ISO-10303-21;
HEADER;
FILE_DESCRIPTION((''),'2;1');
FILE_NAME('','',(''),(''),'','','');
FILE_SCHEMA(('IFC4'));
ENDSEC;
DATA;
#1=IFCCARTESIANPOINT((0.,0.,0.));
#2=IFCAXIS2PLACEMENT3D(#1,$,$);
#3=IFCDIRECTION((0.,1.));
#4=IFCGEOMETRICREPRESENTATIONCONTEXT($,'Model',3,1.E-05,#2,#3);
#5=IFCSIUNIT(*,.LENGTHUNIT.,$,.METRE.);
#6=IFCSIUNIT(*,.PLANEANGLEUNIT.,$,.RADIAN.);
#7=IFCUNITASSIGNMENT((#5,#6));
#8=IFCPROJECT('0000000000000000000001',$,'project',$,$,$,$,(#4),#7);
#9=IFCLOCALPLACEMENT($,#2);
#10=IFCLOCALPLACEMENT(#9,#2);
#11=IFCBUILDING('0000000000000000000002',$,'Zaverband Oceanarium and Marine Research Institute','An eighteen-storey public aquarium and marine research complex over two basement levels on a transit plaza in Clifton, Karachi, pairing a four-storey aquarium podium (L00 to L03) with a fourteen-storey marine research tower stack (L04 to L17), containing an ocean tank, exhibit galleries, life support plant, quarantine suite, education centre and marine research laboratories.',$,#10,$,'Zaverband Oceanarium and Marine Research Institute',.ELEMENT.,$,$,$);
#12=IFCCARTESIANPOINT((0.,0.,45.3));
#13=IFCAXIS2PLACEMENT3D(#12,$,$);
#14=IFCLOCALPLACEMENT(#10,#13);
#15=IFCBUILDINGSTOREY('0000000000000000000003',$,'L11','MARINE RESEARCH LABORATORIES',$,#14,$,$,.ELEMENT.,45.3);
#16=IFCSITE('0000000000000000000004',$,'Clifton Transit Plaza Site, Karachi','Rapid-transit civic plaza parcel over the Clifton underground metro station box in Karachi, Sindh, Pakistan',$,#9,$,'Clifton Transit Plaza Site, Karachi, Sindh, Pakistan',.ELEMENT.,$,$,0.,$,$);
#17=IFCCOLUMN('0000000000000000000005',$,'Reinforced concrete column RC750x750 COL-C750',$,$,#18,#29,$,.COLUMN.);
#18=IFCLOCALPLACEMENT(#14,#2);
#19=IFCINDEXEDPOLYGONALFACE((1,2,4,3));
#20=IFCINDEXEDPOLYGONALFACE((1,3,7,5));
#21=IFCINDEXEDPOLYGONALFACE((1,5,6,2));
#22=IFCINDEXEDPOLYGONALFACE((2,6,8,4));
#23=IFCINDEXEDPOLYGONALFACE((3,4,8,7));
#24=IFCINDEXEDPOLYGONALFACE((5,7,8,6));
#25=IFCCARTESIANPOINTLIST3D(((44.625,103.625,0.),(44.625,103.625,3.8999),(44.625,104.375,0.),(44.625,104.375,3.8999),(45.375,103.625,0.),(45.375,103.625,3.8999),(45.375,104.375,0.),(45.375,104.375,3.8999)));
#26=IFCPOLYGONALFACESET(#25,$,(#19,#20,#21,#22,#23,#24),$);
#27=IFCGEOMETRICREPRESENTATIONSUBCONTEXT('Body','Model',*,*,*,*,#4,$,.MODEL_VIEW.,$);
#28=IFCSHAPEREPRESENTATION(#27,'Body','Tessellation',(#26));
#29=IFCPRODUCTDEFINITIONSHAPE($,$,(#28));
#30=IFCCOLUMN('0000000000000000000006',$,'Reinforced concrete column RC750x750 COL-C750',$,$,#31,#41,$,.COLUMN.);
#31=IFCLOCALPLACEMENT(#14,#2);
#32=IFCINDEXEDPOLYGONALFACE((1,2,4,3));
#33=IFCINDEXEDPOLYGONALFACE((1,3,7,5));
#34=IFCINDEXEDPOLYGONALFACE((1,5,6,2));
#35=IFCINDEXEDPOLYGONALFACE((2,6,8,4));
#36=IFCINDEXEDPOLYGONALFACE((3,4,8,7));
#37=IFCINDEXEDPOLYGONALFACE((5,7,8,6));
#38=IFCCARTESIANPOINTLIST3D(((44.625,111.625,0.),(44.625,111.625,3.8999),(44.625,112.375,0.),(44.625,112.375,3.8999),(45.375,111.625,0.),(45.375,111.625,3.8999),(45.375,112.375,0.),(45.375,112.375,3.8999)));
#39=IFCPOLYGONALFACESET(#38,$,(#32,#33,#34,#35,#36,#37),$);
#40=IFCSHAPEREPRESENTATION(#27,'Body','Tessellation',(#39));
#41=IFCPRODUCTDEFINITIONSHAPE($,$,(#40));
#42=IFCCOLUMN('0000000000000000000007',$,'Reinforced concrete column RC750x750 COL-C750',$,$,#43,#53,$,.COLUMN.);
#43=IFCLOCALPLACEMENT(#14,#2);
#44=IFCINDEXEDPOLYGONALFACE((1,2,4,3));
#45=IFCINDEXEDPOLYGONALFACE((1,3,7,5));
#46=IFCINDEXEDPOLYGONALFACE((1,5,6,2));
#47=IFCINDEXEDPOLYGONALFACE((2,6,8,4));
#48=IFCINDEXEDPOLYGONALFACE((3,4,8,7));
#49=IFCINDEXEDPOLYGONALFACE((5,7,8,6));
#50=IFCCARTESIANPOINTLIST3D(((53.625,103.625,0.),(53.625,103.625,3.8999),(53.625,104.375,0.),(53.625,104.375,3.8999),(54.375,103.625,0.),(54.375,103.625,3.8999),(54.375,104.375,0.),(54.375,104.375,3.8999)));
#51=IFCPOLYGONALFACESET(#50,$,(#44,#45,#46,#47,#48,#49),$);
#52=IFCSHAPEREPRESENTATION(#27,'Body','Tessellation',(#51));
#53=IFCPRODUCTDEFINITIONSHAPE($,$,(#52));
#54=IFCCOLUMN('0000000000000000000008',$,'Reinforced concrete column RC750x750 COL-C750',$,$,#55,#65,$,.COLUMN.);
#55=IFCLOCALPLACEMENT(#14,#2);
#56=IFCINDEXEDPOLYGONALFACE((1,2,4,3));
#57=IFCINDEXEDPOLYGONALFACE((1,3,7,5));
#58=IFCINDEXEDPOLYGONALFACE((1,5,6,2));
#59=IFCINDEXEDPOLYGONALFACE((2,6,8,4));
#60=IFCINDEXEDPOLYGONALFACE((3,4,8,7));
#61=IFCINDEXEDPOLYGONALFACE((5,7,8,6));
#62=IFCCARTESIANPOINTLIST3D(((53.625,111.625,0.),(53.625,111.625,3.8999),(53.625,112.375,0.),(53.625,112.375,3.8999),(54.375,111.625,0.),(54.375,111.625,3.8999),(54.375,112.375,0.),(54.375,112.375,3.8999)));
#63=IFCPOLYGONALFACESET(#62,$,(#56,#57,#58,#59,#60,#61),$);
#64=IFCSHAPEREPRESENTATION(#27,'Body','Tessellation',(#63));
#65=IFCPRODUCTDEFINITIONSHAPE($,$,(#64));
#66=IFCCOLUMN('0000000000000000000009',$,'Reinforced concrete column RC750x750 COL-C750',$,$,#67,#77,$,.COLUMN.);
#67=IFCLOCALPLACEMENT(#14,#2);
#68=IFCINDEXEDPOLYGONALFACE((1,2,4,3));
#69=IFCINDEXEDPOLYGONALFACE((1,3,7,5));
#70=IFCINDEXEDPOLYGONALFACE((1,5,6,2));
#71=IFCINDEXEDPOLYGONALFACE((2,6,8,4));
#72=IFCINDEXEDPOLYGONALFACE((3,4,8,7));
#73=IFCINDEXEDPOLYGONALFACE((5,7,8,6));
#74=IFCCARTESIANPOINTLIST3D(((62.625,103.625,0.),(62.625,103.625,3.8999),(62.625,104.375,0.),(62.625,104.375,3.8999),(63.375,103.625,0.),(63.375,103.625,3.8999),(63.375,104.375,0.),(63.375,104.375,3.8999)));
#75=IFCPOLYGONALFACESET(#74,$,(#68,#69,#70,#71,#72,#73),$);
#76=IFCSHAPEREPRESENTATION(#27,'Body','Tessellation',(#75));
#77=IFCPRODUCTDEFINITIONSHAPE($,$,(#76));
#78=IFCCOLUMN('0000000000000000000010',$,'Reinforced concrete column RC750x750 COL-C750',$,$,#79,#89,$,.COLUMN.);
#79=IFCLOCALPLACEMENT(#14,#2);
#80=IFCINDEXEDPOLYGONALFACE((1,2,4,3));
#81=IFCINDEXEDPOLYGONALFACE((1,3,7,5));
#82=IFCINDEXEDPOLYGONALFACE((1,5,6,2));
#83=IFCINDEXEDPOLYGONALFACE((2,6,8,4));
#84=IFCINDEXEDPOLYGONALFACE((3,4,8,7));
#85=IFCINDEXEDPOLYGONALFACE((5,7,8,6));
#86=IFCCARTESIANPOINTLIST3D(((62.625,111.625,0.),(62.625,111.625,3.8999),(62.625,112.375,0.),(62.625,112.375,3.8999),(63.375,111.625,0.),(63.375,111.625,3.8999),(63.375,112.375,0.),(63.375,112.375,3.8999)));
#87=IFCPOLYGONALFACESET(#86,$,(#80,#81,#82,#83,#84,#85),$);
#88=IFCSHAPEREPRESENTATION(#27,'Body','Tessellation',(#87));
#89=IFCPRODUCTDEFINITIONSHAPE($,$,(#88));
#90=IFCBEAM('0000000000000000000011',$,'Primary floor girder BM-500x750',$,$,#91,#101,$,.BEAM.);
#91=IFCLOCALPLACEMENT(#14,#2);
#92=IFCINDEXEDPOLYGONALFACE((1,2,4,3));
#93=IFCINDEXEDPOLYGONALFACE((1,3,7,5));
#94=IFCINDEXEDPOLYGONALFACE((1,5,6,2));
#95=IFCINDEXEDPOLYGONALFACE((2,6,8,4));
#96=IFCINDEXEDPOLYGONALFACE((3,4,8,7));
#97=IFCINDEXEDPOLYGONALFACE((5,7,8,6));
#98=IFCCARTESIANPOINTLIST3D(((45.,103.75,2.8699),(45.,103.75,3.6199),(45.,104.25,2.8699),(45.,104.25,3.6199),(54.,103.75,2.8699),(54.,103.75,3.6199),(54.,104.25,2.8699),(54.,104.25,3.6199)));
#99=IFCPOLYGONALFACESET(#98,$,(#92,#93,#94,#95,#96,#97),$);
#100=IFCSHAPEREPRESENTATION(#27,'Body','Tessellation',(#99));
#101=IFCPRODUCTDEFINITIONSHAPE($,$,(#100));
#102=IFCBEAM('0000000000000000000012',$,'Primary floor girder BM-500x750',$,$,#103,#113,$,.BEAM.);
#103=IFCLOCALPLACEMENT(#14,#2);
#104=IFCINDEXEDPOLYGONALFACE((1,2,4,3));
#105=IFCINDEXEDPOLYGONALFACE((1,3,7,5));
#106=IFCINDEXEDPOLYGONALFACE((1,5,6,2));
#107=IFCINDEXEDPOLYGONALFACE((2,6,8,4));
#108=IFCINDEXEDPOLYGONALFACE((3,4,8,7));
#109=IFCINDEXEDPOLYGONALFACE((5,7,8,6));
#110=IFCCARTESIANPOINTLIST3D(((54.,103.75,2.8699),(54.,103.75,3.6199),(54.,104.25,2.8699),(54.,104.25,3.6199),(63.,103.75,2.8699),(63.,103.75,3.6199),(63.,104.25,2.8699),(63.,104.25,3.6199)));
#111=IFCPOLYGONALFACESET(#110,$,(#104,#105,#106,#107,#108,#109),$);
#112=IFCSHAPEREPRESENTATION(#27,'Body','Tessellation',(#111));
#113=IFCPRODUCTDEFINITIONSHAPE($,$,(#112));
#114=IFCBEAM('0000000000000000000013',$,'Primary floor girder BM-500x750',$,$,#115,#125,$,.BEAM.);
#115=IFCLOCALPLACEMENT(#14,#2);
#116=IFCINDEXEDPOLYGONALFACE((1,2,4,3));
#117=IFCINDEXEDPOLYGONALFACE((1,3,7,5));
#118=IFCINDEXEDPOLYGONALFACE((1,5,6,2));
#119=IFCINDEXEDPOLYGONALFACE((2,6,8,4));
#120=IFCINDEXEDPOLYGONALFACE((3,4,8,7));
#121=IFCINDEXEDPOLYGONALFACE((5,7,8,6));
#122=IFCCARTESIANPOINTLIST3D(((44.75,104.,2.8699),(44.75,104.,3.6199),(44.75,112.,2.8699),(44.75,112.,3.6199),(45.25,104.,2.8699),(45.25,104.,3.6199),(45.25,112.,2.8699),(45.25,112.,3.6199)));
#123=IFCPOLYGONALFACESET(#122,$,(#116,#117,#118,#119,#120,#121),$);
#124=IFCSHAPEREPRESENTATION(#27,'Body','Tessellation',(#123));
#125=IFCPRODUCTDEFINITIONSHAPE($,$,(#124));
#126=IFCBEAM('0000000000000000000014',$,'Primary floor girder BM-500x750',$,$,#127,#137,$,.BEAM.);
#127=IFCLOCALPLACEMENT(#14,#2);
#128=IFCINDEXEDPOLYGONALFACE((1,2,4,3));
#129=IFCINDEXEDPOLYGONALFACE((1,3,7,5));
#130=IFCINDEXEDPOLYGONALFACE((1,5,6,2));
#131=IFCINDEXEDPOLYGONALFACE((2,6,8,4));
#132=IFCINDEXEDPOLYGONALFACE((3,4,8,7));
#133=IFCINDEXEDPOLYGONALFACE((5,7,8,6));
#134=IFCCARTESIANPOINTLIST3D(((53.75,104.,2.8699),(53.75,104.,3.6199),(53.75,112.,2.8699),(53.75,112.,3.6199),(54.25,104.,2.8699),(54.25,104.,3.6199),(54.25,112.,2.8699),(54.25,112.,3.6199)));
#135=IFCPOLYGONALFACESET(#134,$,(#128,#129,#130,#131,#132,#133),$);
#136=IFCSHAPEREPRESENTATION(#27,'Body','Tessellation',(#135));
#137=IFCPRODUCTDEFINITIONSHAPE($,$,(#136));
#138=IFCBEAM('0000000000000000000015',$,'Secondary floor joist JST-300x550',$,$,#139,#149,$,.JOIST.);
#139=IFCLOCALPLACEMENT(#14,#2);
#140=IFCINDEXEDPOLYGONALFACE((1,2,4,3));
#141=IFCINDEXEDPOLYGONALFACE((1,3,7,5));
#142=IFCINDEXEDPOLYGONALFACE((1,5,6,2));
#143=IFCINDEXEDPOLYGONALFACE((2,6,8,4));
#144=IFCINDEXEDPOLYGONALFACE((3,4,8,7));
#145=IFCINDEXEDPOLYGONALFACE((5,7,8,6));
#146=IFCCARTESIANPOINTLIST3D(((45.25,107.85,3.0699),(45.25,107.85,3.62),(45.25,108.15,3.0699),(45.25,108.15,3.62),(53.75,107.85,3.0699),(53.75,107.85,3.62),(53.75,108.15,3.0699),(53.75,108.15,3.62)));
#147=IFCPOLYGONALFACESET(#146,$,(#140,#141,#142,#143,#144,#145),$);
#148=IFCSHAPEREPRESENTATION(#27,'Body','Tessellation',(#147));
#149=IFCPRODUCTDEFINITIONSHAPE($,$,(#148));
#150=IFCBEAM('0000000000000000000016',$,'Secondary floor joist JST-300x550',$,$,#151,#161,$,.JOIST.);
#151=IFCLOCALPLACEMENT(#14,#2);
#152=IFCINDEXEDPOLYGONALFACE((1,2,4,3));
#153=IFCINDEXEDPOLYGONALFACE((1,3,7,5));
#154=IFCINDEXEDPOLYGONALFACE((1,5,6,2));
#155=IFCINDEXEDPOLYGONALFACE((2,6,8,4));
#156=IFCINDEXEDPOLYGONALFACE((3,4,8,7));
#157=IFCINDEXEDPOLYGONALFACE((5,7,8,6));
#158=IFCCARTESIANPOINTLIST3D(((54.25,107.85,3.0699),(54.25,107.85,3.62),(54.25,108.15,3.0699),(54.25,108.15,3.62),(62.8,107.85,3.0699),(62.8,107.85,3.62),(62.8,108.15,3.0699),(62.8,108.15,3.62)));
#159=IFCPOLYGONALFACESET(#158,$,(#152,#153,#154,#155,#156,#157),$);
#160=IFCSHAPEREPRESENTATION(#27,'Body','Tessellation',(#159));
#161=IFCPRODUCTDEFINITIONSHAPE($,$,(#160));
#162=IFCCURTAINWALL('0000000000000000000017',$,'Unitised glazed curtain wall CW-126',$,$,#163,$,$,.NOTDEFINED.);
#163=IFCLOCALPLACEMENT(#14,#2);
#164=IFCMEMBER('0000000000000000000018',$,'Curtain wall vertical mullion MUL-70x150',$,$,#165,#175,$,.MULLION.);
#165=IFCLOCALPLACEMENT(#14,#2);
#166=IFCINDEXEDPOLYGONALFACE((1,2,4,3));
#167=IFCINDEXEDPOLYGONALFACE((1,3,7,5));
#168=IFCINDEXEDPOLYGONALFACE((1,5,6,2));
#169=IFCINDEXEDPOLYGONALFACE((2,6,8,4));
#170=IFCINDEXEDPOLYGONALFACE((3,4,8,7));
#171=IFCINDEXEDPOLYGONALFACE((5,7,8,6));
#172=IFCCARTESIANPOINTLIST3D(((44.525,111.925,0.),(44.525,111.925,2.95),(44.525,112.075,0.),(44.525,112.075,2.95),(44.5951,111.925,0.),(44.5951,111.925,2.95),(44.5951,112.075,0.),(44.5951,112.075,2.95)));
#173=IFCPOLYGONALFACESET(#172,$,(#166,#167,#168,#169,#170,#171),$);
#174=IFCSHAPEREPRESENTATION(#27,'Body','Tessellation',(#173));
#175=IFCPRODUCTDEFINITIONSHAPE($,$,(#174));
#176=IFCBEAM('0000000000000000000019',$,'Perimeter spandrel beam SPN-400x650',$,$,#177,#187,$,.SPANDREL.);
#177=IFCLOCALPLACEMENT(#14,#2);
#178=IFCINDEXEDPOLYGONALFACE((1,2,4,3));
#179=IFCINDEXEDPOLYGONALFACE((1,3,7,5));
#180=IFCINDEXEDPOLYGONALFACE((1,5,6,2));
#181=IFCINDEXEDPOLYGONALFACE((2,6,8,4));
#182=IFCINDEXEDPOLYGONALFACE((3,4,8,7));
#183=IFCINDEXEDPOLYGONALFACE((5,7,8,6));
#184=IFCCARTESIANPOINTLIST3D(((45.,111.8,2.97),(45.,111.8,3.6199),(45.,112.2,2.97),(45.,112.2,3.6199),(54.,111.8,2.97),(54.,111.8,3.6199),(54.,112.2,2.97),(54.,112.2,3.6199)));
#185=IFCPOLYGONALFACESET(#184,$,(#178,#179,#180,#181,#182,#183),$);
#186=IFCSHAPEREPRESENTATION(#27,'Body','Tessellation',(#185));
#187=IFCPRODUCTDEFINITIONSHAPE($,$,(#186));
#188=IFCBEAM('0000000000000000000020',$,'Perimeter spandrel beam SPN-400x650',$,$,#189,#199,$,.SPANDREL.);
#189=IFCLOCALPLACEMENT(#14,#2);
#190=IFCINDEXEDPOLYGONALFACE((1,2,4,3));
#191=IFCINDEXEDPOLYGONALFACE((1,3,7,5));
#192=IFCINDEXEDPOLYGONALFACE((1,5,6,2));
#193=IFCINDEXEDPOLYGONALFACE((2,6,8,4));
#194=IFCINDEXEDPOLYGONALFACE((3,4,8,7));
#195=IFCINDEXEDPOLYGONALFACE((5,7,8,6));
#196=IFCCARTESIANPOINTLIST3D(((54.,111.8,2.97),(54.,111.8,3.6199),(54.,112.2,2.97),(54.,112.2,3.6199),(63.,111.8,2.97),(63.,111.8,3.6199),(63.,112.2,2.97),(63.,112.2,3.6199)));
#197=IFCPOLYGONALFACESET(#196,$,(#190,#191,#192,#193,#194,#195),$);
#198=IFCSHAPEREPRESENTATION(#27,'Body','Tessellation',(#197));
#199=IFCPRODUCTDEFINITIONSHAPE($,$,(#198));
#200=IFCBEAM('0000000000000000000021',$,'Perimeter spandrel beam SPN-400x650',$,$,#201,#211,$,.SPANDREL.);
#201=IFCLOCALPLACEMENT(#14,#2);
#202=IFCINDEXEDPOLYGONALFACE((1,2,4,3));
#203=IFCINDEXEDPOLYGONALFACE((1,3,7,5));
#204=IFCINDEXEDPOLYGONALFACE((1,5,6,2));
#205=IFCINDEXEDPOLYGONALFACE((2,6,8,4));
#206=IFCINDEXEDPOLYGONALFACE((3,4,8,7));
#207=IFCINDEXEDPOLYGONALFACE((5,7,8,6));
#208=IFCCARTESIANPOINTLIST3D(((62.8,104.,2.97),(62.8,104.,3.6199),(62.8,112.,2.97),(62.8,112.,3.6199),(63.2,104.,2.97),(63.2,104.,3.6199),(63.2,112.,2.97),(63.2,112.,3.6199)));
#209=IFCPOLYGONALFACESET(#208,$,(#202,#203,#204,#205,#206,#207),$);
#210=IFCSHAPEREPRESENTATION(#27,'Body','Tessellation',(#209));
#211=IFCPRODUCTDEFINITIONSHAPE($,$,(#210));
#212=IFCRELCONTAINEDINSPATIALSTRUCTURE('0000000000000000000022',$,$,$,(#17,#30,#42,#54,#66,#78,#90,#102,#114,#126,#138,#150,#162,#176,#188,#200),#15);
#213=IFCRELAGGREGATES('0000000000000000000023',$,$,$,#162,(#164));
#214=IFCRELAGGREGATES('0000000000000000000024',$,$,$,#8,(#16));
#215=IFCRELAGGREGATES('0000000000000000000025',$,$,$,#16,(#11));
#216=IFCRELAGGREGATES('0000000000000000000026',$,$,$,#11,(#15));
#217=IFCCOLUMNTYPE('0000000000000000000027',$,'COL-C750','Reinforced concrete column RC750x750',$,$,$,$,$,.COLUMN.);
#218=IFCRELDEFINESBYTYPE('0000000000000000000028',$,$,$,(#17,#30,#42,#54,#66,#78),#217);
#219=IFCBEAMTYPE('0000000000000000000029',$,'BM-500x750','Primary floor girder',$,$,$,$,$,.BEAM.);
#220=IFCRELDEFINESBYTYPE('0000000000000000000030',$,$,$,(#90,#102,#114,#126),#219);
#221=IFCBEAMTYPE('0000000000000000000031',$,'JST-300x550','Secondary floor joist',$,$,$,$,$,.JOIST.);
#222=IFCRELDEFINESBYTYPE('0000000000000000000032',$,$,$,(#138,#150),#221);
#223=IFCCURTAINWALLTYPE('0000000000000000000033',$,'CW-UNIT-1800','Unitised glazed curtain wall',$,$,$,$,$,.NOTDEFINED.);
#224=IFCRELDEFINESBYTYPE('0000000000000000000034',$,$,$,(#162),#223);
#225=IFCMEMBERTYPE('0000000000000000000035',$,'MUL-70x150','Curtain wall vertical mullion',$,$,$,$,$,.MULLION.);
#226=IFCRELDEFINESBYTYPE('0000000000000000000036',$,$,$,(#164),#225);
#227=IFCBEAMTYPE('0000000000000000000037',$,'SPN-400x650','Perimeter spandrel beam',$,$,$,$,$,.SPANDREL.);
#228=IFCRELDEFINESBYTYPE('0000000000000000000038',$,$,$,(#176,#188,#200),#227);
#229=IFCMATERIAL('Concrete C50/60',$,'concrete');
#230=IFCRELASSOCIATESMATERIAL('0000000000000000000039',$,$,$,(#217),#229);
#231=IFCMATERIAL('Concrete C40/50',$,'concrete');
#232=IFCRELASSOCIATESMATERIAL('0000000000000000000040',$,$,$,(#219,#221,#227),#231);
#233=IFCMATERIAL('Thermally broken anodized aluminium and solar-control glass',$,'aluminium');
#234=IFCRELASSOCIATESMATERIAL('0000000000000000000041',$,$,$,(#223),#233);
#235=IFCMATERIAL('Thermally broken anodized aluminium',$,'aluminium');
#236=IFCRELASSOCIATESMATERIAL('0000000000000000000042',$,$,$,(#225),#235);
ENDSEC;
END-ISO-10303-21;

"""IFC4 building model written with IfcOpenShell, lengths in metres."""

from ifc_helpers import new_model, si_unit, direction, frame, origin, origin_2d, place, context, subcontext, project, spatial, rectangle, extrude, material, material_profile, profile_set, type_object, element, aggregate, save


model = new_model("IFC4")

# Units and contexts
model_context = context("Model", 3, precision=1e-05, world=origin(), true_north=direction((0.0, 1.0)))
body_context = subcontext(model_context, "Body", "Model", "MODEL_VIEW")
ifc_project = project(units=[si_unit("LENGTHUNIT", "METRE"), si_unit("PLANEANGLEUNIT", "RADIAN")], contexts=[model_context])

# Site, building, storey
site_placement = place(None, origin())
site = spatial("IfcSite", under=ifc_project, at=site_placement, Name="Clifton Transit Plaza Site, Karachi", Description="Rapid-transit civic plaza parcel over the Clifton underground metro station box in Karachi, Sindh, Pakistan", LongName="Clifton Transit Plaza Site, Karachi, Sindh, Pakistan", CompositionType="ELEMENT", RefElevation=0.0)
building_placement = place(site_placement, origin())
building = spatial("IfcBuilding", under=site, at=building_placement, Name="Zaverband Oceanarium and Marine Research Institute", Description="An eighteen-storey public aquarium and marine research complex over two basement levels on a transit plaza in Clifton, Karachi, pairing a four-storey aquarium podium (L00 to L03) with a fourteen-storey marine research tower stack (L04 to L17), containing an ocean tank, exhibit galleries, life support plant, quarantine suite, education centre and marine research laboratories.", LongName="Zaverband Oceanarium and Marine Research Institute", CompositionType="ELEMENT")
storey_placement = place(building_placement, frame((0.0, 0.0, 45.3)))
storey = spatial("IfcBuildingStorey", under=building, at=storey_placement, Name="L11", Description="MARINE RESEARCH LABORATORIES", CompositionType="ELEMENT", Elevation=45.3)

# Columns
ifc_material_1 = material(Name="Concrete C50/60", Category="concrete")
ifc_material_profile_1 = material_profile(ifc_material_1, rectangle(XDim=0.75, YDim=0.75, at=origin_2d()), Name="RC750x750")
ifc_profile_set_1 = profile_set([ifc_material_profile_1], Name="Concrete C50/60")
column_type = type_object("IfcColumnType", Name="COL-C750", Description="Reinforced concrete column RC750x750", PredefinedType="COLUMN", material=ifc_profile_set_1)
for number, where, z_axis, x_axis, name in (
    (1, (45.0, 104.0, 0.0), (0.0, 0.0, 1.0), (1.0, 0.0, 0.0), "Reinforced concrete column RC750x750 COL-C750"),
    (2, (45.0, 112.0, 0.0), (0.0, 0.0, 1.0), (1.0, 0.0, 0.0), "Reinforced concrete column RC750x750 COL-C750"),
    (3, (54.0, 104.0, 0.0), (0.0, 0.0, 1.0), (1.0, 0.0, 0.0), "Reinforced concrete column RC750x750 COL-C750"),
    (4, (54.0, 112.0, 0.0), (0.0, 0.0, 1.0), (1.0, 0.0, 0.0), "Reinforced concrete column RC750x750 COL-C750"),
    (5, (63.0, 104.0, 0.0), (0.0, 0.0, 1.0), (1.0, 0.0, 0.0), "Reinforced concrete column RC750x750 COL-C750"),
    (6, (63.0, 112.0, 0.0), (0.0, 0.0, 1.0), (1.0, 0.0, 0.0), "Reinforced concrete column RC750x750 COL-C750"),
):
    element("IfcColumn", number, at=place(storey_placement, frame(where, z_axis=z_axis, x_axis=x_axis)), inside=storey, type_object=column_type, Name=name, PredefinedType="COLUMN", context=body_context, shape_type="SweptSolid", body=[
        extrude(rectangle(XDim=0.75, YDim=0.75, at=origin_2d()), origin(), (0.0, 0.0, 1.0), 3.8999),
    ])

# Beams
ifc_material_2 = material(Name="Concrete C40/50", Category="concrete")
ifc_material_profile_2 = material_profile(ifc_material_2, rectangle(XDim=0.5, YDim=0.75, at=origin_2d()), Name="RC500x750")
ifc_profile_set_2 = profile_set([ifc_material_profile_2], Name="Concrete C40/50")
beam_type_1 = type_object("IfcBeamType", Name="BM-500x750", Description="Primary floor girder", PredefinedType="BEAM", material=ifc_profile_set_2)
for number, where, z_axis, x_axis, name in (
    (7, (45.0, 104.0, 3.2449), (1.0, 0.0, 0.0), (0.0, 1.0, 0.0), "Primary floor girder BM-500x750"),
    (8, (54.0, 104.0, 3.2449), (1.0, 0.0, 0.0), (0.0, 1.0, 0.0), "Primary floor girder BM-500x750"),
):
    element("IfcBeam", number, at=place(storey_placement, frame(where, z_axis=z_axis, x_axis=x_axis)), inside=storey, type_object=beam_type_1, Name=name, PredefinedType="BEAM", context=body_context, shape_type="SweptSolid", body=[
        extrude(rectangle(XDim=0.5, YDim=0.75, at=origin_2d()), origin(), (0.0, 0.0, 1.0), 9.0),
    ])
for number, where, z_axis, x_axis, name in (
    (9, (45.0, 104.0, 3.2449), (0.0, 1.0, 0.0), (-1.0, 0.0, 0.0), "Primary floor girder BM-500x750"),
    (10, (54.0, 104.0, 3.2449), (0.0, 1.0, 0.0), (-1.0, 0.0, 0.0), "Primary floor girder BM-500x750"),
):
    element("IfcBeam", number, at=place(storey_placement, frame(where, z_axis=z_axis, x_axis=x_axis)), inside=storey, type_object=beam_type_1, Name=name, PredefinedType="BEAM", context=body_context, shape_type="SweptSolid", body=[
        extrude(rectangle(XDim=0.5, YDim=0.75, at=origin_2d()), origin(), (0.0, 0.0, 1.0), 8.0),
    ])
ifc_material_profile_3 = material_profile(ifc_material_2, rectangle(XDim=0.3, YDim=0.55, at=origin_2d()), Name="RC300x550")
ifc_profile_set_3 = profile_set([ifc_material_profile_3], Name="Concrete C40/50")
beam_type_2 = type_object("IfcBeamType", Name="JST-300x550", Description="Secondary floor joist", PredefinedType="JOIST", material=ifc_profile_set_3)
beam_1_placement = place(storey_placement, frame((45.25, 108.0, 3.345), z_axis=(1.0, 0.0, 0.0), x_axis=(0.0, 1.0, 0.0)))
element("IfcBeam", 11, at=beam_1_placement, inside=storey, type_object=beam_type_2, Name="Secondary floor joist JST-300x550", PredefinedType="JOIST", context=body_context, shape_type="SweptSolid", body=[
    extrude(rectangle(XDim=0.3, YDim=0.55, at=origin_2d()), origin(), (0.0, 0.0, 1.0), 8.5),
])
beam_2_placement = place(storey_placement, frame((54.25, 108.0, 3.345), z_axis=(1.0, 0.0, 0.0), x_axis=(0.0, 1.0, 0.0)))
element("IfcBeam", 12, at=beam_2_placement, inside=storey, type_object=beam_type_2, Name="Secondary floor joist JST-300x550", PredefinedType="JOIST", context=body_context, shape_type="SweptSolid", body=[
    extrude(rectangle(XDim=0.3, YDim=0.55, at=origin_2d()), origin(), (0.0, 0.0, 1.0), 8.55),
])

# Curtain wall, member
ifc_material_3 = material(Name="Thermally broken anodized aluminium and solar-control glass", Category="aluminium")
curtain_wall_type = type_object("IfcCurtainWallType", Name="CW-UNIT-1800", Description="Unitised glazed curtain wall", PredefinedType="NOTDEFINED", material=ifc_material_3)
curtain_wall_placement = place(storey_placement, origin())
curtain_wall = element("IfcCurtainWall", 13, at=curtain_wall_placement, inside=storey, type_object=curtain_wall_type, Name="Unitised glazed curtain wall CW-126", PredefinedType="NOTDEFINED")
ifc_material_4 = material(Name="Thermally broken anodized aluminium", Category="aluminium")
ifc_material_profile_4 = material_profile(ifc_material_4, rectangle(XDim=0.0701, YDim=0.1499, at=origin_2d()), Name="AL-MUL-70x150")
ifc_profile_set_4 = profile_set([ifc_material_profile_4], Name="Thermally broken anodized aluminium")
member_type = type_object("IfcMemberType", Name="MUL-70x150", Description="Curtain wall vertical mullion", PredefinedType="MULLION", material=ifc_profile_set_4)
member_placement = place(storey_placement, frame((44.5601, 112.0, 0.0), z_axis=(0.0, 0.0, 1.0), x_axis=(1.0, 0.0, 0.0)))
member = element("IfcMember", 14, at=member_placement, type_object=member_type, Name="Curtain wall vertical mullion MUL-70x150", PredefinedType="MULLION", context=body_context, shape_type="SweptSolid", body=[
    extrude(rectangle(XDim=0.0701, YDim=0.1499, at=origin_2d()), origin(), (0.0, 0.0, 1.0), 2.95),
])
aggregate(curtain_wall, [member])

# Beams
ifc_material_profile_5 = material_profile(ifc_material_2, rectangle(XDim=0.3999, YDim=0.6499, at=origin_2d()), Name="RC400x650")
ifc_profile_set_5 = profile_set([ifc_material_profile_5], Name="Concrete C40/50")
beam_type_3 = type_object("IfcBeamType", Name="SPN-400x650", Description="Perimeter spandrel beam", PredefinedType="SPANDREL", material=ifc_profile_set_5)
for number, where, z_axis, x_axis, name in (
    (15, (45.0, 112.0, 3.2949), (1.0, 0.0, 0.0), (0.0, 1.0, 0.0), "Perimeter spandrel beam SPN-400x650"),
    (16, (54.0, 112.0, 3.2949), (1.0, 0.0, 0.0), (0.0, 1.0, 0.0), "Perimeter spandrel beam SPN-400x650"),
):
    element("IfcBeam", number, at=place(storey_placement, frame(where, z_axis=z_axis, x_axis=x_axis)), inside=storey, type_object=beam_type_3, Name=name, PredefinedType="SPANDREL", context=body_context, shape_type="SweptSolid", body=[
        extrude(rectangle(XDim=0.3999, YDim=0.6499, at=origin_2d()), origin(), (0.0, 0.0, 1.0), 9.0),
    ])
beam_3_placement = place(storey_placement, frame((63.0, 104.0, 3.2949), z_axis=(0.0, 1.0, 0.0), x_axis=(-1.0, 0.0, 0.0)))
element("IfcBeam", 17, at=beam_3_placement, inside=storey, type_object=beam_type_3, Name="Perimeter spandrel beam SPN-400x650", PredefinedType="SPANDREL", context=body_context, shape_type="SweptSolid", body=[
    extrude(rectangle(XDim=0.3999, YDim=0.6499, at=origin_2d()), origin(), (0.0, 0.0, 1.0), 8.0),
])

save(model, "model.ifc")
